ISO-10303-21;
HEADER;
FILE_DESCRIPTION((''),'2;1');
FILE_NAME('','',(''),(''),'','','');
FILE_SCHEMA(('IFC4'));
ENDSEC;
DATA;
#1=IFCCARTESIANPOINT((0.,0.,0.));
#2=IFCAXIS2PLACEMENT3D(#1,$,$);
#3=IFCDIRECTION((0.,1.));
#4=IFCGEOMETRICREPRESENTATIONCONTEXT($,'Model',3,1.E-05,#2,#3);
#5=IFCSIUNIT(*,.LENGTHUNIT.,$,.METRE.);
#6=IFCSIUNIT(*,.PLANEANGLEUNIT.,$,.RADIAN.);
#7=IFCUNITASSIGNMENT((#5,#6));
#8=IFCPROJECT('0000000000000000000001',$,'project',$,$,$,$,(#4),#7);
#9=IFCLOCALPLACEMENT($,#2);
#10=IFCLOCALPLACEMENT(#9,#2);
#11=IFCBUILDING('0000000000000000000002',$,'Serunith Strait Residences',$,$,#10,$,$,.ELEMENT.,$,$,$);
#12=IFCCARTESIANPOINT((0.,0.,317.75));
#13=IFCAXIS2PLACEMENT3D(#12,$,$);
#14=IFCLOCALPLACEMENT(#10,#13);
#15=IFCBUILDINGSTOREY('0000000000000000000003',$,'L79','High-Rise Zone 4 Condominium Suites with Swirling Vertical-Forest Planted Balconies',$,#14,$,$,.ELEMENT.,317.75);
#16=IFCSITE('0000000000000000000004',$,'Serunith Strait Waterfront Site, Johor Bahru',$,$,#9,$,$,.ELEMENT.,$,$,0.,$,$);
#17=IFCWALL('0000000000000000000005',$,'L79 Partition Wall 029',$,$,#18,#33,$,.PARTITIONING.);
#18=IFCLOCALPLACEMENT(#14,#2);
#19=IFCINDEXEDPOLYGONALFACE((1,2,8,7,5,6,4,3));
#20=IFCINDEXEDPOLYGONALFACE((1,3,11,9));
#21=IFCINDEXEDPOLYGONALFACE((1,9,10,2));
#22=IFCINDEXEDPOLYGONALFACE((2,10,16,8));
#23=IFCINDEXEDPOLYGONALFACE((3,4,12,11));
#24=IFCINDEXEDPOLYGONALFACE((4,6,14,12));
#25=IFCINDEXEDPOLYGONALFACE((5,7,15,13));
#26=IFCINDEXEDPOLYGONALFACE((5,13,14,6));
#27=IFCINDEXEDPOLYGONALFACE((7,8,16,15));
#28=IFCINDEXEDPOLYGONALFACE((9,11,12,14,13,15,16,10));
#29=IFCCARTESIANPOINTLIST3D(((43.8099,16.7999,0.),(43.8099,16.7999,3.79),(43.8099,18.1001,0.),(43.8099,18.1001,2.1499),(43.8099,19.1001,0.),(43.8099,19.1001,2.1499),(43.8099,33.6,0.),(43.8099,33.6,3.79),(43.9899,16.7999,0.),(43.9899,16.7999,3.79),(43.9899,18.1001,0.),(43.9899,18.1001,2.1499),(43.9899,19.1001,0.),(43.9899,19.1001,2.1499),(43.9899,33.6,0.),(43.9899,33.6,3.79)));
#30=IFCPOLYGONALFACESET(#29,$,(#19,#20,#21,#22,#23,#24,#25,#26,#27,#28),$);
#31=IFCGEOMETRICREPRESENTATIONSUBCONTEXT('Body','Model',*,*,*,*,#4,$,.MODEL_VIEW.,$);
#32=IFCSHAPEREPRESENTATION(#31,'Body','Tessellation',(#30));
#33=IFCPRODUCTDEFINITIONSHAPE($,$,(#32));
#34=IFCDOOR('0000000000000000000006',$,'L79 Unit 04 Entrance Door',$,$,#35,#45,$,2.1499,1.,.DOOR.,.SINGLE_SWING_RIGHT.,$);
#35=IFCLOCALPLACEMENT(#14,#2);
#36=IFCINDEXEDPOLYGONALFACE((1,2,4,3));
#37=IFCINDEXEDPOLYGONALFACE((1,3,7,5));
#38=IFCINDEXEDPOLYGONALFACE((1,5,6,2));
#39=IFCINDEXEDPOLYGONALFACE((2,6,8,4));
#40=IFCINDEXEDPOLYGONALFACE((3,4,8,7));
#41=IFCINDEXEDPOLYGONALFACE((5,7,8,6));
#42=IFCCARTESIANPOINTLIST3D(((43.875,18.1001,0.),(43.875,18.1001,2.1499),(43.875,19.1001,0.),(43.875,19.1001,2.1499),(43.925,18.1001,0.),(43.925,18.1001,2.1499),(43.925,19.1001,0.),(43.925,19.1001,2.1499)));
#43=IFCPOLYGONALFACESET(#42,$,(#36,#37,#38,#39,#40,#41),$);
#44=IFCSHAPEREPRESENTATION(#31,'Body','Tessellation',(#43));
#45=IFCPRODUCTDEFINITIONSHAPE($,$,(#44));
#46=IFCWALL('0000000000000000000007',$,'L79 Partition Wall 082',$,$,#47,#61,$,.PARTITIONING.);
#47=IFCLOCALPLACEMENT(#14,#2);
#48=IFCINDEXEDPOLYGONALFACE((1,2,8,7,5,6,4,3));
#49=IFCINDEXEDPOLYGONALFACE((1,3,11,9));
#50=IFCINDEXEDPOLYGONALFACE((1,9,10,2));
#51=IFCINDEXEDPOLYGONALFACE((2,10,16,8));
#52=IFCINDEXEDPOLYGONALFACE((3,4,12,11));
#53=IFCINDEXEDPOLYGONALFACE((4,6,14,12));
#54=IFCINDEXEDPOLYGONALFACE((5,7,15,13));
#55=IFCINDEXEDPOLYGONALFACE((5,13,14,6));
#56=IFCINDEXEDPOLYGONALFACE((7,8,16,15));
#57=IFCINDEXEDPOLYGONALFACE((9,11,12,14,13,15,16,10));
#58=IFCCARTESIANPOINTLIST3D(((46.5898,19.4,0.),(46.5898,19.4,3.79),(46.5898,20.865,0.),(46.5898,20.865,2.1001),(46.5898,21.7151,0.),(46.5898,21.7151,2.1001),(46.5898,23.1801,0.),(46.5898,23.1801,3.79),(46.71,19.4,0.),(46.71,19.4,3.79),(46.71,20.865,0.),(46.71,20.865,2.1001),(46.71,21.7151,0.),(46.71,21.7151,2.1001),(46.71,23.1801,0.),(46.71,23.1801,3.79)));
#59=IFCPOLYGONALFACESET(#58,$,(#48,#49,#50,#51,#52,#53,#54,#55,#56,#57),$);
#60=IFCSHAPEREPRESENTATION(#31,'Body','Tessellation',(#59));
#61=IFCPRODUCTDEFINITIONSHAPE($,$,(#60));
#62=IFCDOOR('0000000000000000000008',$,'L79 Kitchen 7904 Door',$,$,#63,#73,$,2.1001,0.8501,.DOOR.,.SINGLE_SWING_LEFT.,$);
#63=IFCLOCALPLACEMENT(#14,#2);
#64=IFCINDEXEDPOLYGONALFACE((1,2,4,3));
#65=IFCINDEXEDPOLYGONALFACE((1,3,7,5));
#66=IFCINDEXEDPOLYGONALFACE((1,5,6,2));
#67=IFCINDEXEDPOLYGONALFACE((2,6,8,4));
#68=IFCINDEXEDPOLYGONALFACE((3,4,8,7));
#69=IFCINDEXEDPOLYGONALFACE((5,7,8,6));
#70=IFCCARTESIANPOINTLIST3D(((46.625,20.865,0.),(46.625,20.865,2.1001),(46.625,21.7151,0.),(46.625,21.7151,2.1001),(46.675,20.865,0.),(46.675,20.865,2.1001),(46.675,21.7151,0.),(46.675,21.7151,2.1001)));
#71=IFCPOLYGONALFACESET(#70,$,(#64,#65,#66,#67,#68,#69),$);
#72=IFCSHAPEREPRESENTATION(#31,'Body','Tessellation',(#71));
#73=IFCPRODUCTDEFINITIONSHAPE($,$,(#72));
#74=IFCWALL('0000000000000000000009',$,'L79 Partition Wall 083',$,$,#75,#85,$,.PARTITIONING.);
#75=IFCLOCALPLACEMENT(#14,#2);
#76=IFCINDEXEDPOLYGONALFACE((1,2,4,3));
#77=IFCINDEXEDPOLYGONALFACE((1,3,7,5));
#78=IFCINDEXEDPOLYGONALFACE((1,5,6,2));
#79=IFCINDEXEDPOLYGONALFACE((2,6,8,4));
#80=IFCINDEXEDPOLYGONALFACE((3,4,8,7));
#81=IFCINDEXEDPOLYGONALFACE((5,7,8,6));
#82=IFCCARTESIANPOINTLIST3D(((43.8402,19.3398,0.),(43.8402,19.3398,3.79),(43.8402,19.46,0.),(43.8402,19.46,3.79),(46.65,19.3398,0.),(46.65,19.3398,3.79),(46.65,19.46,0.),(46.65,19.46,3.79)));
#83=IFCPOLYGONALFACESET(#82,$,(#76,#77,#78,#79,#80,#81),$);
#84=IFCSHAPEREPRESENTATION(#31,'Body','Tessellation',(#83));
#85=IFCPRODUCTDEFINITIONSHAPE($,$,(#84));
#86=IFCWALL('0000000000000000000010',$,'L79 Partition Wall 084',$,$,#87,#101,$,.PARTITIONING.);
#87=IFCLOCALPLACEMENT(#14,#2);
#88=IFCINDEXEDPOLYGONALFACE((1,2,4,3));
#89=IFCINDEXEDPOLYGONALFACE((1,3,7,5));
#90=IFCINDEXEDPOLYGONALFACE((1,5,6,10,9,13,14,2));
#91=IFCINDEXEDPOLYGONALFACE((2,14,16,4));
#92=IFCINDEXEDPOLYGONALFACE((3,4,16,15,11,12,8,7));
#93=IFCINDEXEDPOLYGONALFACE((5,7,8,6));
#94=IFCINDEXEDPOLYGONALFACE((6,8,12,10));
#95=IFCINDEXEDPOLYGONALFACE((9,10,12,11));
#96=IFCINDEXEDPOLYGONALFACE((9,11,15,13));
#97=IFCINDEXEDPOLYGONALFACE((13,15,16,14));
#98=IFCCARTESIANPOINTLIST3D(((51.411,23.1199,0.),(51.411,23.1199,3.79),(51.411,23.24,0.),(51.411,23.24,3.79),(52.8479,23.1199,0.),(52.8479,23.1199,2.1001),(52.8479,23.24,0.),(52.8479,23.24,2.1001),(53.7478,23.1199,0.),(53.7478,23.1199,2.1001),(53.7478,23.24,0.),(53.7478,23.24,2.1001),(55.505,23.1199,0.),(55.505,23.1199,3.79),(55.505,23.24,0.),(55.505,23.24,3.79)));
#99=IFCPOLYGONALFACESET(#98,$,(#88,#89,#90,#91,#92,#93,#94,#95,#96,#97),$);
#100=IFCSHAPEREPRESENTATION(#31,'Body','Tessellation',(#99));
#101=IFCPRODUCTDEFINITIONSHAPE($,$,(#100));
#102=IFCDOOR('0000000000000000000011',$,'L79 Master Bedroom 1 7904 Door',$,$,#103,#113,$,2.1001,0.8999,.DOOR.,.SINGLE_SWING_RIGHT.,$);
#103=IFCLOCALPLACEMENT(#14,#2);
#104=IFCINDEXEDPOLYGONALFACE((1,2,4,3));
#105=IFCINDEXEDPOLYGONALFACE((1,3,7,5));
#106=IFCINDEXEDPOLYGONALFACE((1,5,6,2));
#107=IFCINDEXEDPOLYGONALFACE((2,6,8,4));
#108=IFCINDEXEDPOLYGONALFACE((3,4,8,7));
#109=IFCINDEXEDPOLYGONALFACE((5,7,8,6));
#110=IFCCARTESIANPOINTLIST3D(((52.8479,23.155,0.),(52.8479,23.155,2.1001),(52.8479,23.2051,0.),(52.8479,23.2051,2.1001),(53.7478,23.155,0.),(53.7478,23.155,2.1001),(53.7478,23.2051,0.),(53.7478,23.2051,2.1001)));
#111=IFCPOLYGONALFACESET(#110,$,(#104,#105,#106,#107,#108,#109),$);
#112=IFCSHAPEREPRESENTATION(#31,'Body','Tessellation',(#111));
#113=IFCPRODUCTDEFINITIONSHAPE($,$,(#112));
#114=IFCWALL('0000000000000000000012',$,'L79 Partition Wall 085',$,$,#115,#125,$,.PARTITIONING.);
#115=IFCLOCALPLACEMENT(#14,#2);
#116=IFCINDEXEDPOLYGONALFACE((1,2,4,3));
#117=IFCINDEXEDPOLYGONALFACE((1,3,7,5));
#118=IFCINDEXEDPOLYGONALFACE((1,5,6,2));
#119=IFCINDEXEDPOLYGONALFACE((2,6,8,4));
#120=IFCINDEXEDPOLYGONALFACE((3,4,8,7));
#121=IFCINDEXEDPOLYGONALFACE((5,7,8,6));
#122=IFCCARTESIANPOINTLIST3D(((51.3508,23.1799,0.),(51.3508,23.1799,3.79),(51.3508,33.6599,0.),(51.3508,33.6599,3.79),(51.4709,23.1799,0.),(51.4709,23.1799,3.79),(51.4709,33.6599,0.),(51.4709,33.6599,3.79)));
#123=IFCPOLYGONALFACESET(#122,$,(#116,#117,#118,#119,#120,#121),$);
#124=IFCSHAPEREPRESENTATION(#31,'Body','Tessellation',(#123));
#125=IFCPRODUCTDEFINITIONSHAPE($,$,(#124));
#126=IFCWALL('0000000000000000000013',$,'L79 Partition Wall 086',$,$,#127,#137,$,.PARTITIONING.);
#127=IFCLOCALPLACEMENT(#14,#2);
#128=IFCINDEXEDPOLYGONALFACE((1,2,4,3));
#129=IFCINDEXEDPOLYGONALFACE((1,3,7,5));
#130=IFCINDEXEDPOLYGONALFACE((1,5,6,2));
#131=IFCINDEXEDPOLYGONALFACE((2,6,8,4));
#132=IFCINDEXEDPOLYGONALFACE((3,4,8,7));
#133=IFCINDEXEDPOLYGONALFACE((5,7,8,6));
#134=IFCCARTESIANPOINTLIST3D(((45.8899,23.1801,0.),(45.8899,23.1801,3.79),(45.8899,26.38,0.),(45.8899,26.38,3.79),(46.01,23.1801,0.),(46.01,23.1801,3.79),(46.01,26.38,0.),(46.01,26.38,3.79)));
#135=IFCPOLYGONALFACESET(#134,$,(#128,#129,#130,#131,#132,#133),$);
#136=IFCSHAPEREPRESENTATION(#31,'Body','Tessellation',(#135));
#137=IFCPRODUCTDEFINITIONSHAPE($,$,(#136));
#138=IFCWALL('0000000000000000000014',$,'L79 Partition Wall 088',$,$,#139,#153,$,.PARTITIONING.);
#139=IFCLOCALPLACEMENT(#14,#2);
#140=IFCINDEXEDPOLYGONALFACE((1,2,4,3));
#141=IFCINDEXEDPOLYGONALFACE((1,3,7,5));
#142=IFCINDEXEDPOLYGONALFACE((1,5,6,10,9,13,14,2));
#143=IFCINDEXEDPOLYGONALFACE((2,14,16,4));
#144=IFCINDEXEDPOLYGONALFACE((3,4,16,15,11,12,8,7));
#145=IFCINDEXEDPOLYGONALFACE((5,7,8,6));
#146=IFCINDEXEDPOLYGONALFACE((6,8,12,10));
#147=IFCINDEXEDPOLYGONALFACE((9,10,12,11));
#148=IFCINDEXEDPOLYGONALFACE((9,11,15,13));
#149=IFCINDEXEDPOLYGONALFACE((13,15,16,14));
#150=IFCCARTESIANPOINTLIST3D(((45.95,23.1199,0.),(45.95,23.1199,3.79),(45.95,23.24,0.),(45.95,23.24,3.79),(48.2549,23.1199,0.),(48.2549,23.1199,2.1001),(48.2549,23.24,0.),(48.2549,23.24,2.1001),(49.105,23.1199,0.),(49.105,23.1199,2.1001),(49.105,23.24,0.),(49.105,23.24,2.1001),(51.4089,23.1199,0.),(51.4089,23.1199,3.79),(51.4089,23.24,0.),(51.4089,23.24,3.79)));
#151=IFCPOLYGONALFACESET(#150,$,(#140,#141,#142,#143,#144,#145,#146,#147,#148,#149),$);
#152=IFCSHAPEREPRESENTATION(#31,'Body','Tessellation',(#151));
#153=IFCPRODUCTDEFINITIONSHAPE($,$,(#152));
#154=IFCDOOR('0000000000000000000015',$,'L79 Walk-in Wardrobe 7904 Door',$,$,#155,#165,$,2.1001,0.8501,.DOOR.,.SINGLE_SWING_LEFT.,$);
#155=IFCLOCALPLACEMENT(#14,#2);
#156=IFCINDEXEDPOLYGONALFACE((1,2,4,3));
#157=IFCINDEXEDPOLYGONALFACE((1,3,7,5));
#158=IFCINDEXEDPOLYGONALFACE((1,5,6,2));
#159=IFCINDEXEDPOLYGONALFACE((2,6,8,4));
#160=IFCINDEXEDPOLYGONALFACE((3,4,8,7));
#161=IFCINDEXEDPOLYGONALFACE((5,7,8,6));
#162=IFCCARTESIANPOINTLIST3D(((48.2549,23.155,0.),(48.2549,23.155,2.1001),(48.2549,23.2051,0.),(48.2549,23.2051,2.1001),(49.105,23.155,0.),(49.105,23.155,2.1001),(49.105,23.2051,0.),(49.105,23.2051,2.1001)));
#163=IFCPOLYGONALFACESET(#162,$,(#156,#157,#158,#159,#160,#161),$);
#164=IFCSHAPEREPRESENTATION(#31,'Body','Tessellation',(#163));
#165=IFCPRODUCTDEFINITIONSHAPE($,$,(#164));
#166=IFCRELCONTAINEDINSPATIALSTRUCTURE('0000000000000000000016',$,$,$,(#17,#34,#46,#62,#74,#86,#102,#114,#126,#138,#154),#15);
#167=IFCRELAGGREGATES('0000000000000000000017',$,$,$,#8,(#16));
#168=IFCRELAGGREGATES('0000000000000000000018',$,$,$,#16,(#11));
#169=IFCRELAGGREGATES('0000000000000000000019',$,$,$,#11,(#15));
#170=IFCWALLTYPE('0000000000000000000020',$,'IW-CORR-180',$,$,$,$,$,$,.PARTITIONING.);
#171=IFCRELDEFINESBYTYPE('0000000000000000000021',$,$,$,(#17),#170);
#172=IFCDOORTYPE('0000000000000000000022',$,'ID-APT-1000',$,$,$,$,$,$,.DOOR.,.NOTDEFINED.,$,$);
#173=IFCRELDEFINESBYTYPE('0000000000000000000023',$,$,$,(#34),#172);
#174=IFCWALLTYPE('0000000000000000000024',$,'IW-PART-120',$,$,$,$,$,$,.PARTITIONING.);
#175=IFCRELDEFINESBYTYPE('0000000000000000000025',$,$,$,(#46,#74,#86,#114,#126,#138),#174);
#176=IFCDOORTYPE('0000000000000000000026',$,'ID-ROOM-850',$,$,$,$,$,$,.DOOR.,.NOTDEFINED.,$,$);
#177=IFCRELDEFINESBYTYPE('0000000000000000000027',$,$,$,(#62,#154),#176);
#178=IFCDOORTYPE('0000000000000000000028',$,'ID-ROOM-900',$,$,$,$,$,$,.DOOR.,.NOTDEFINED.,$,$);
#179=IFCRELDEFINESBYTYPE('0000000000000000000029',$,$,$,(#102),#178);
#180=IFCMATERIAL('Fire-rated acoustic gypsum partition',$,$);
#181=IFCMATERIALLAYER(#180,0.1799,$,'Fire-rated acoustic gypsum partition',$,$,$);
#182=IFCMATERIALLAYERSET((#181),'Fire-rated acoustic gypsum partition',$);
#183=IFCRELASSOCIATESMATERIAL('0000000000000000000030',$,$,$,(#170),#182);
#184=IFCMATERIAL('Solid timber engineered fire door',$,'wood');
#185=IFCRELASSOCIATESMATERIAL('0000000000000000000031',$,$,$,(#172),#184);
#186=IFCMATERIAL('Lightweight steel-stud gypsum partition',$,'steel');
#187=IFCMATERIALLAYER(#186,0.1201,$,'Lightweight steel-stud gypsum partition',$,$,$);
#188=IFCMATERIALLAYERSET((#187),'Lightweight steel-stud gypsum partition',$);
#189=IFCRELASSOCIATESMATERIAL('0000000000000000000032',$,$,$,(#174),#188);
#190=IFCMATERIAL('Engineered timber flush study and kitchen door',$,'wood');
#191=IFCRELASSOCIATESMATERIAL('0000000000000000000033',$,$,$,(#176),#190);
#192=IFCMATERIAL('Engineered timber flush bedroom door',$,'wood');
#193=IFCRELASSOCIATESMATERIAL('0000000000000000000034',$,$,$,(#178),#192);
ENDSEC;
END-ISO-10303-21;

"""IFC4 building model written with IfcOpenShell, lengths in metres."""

from ifc_helpers import new_model, si_unit, direction, frame, frame_2d, origin, place, context, subcontext, project, spatial, rectangle, extrude, source, transform, mapped, material, layer, layer_set, type_object, element, fill, save


model = new_model("IFC4")

# Units and contexts
model_context = context("Model", 3, precision=1e-05, world=origin(), true_north=direction((0.0, 1.0)))
body_context = subcontext(model_context, "Body", "Model", "MODEL_VIEW")
ifc_project = project(units=[si_unit("LENGTHUNIT", "METRE"), si_unit("PLANEANGLEUNIT", "RADIAN")], contexts=[model_context])

# Site, building, storey
site_placement = place(None, origin())
site = spatial("IfcSite", under=ifc_project, at=site_placement, Name="Serunith Strait Waterfront Site, Johor Bahru", CompositionType="ELEMENT", RefElevation=0.0)
building_placement = place(site_placement, origin())
building = spatial("IfcBuilding", under=site, at=building_placement, Name="Serunith Strait Residences", CompositionType="ELEMENT")
storey_placement = place(building_placement, frame((0.0, 0.0, 317.75)))
storey = spatial("IfcBuildingStorey", under=building, at=storey_placement, Name="L79", Description="High-Rise Zone 4 Condominium Suites with Swirling Vertical-Forest Planted Balconies", CompositionType="ELEMENT", Elevation=317.75)

# Walls, openings, doors
ifc_material_1 = material(Name="Fire-rated acoustic gypsum partition")
ifc_layer_1 = layer(ifc_material_1, 0.1799, Name="Fire-rated acoustic gypsum partition")
ifc_layer_set_1 = layer_set([ifc_layer_1], Name="Fire-rated acoustic gypsum partition")
wall_type_1 = type_object("IfcWallType", Name="IW-CORR-180", PredefinedType="PARTITIONING", material=ifc_layer_set_1)
wall_1_placement = place(storey_placement, frame((43.8999, 16.8, 0.0), z_axis=(0.0, 0.0, 1.0), x_axis=(0.0, 1.0, 0.0)))
wall_1 = element("IfcWall", 1, at=wall_1_placement, inside=storey, type_object=wall_type_1, Name="L79 Partition Wall 029", PredefinedType="PARTITIONING", context=body_context, shape_type="SweptSolid", body=[
    extrude(rectangle(XDim=16.8, YDim=0.1799, at=frame_2d((8.3999, 0.0))), origin(), (0.0, 0.0, 1.0), 3.79),
])
opening_1_placement = place(wall_1_placement, frame((1.3, 0.0, 0.0)))
opening_1 = element("IfcOpeningElement", 2, at=opening_1_placement, cuts=wall_1, PredefinedType="OPENING", context=body_context, shape_type="SweptSolid", body=[
    extrude(rectangle(XDim=1.0, YDim=2.1499, at=frame_2d((0.5, 1.075))), frame((0.0, 0.1001, 0.0), z_axis=(0.0, -1.0, 0.0), x_axis=(1.0, 0.0, 0.0)), (0.0, 0.0, 1.0), 0.2),
])
ifc_material_2 = material(Name="Solid timber engineered fire door", Category="wood")
door_type_1 = type_object("IfcDoorType", Name="ID-APT-1000", OperationType="NOTDEFINED", PredefinedType="DOOR", material=ifc_material_2)
shared_shape_1 = source(origin(), body_context, "Body", "SweptSolid", [
    extrude(rectangle(XDim=1.0, YDim=2.1499, at=frame_2d((0.5, 1.075))), frame((0.0, 0.0249, 0.0), z_axis=(0.0, -1.0, 0.0), x_axis=(1.0, 0.0, 0.0)), (0.0, 0.0, 1.0), 0.05),
])
door_1_placement = place(opening_1_placement, origin())
door_1 = element("IfcDoor", 3, at=door_1_placement, inside=storey, type_object=door_type_1, Name="L79 Unit 04 Entrance Door", OperationType="SINGLE_SWING_RIGHT", OverallHeight=2.1499, OverallWidth=1.0, PredefinedType="DOOR", context=body_context, shape_type="MappedRepresentation", body=[
    mapped(shared_shape_1, transform((0.0, 0.0, 0.0), scale=1.0)),
])
fill(opening_1, door_1)
ifc_material_3 = material(Name="Lightweight steel-stud gypsum partition", Category="steel")
ifc_layer_2 = layer(ifc_material_3, 0.1201, Name="Lightweight steel-stud gypsum partition")
ifc_layer_set_2 = layer_set([ifc_layer_2], Name="Lightweight steel-stud gypsum partition")
wall_type_2 = type_object("IfcWallType", Name="IW-PART-120", PredefinedType="PARTITIONING", material=ifc_layer_set_2)
wall_2_placement = place(storey_placement, frame((46.6499, 19.3999, 0.0), z_axis=(0.0, 0.0, 1.0), x_axis=(0.0, 1.0, 0.0)))
wall_2 = element("IfcWall", 4, at=wall_2_placement, inside=storey, type_object=wall_type_2, Name="L79 Partition Wall 082", PredefinedType="PARTITIONING", context=body_context, shape_type="SweptSolid", body=[
    extrude(rectangle(XDim=3.78, YDim=0.1201, at=frame_2d((1.8901, 0.0))), origin(), (0.0, 0.0, 1.0), 3.79),
])
opening_2_placement = place(wall_2_placement, frame((1.4651, 0.0, 0.0)))
opening_2 = element("IfcOpeningElement", 5, at=opening_2_placement, cuts=wall_2, PredefinedType="OPENING", context=body_context, shape_type="SweptSolid", body=[
    extrude(rectangle(XDim=0.8501, YDim=2.1001, at=frame_2d((0.425, 1.05))), frame((0.0, 0.0701, 0.0), z_axis=(0.0, -1.0, 0.0), x_axis=(1.0, 0.0, 0.0)), (0.0, 0.0, 1.0), 0.1401),
])
ifc_material_4 = material(Name="Engineered timber flush study and kitchen door", Category="wood")
door_type_2 = type_object("IfcDoorType", Name="ID-ROOM-850", OperationType="NOTDEFINED", PredefinedType="DOOR", material=ifc_material_4)
shared_shape_2 = source(origin(), body_context, "Body", "SweptSolid", [
    extrude(rectangle(XDim=0.8501, YDim=2.1001, at=frame_2d((0.425, 1.05))), frame((0.0, 0.0249, 0.0), z_axis=(0.0, -1.0, 0.0), x_axis=(1.0, 0.0, 0.0)), (0.0, 0.0, 1.0), 0.05),
])
door_2_placement = place(opening_2_placement, origin())
door_2 = element("IfcDoor", 6, at=door_2_placement, inside=storey, type_object=door_type_2, Name="L79 Kitchen 7904 Door", OperationType="SINGLE_SWING_LEFT", OverallHeight=2.1001, OverallWidth=0.8501, PredefinedType="DOOR", context=body_context, shape_type="MappedRepresentation", body=[
    mapped(shared_shape_2, transform((0.0, 0.0, 0.0), scale=1.0)),
])
fill(opening_2, door_2)

# Wall
wall_3_placement = place(storey_placement, frame((46.6499, 19.3999, 0.0), z_axis=(0.0, 0.0, 1.0), x_axis=(-1.0, 0.0, 0.0)))
element("IfcWall", 7, at=wall_3_placement, inside=storey, type_object=wall_type_2, Name="L79 Partition Wall 083", PredefinedType="PARTITIONING", context=body_context, shape_type="SweptSolid", body=[
    extrude(rectangle(XDim=2.8098, YDim=0.1201, at=frame_2d((1.4048, 0.0))), origin(), (0.0, 0.0, 1.0), 3.79),
])

# Wall, opening, door
wall_4_placement = place(storey_placement, frame((55.5049, 23.1799, 0.0), z_axis=(0.0, 0.0, 1.0), x_axis=(-1.0, 0.0, 0.0)))
wall_4 = element("IfcWall", 8, at=wall_4_placement, inside=storey, type_object=wall_type_2, Name="L79 Partition Wall 084", PredefinedType="PARTITIONING", context=body_context, shape_type="SweptSolid", body=[
    extrude(rectangle(XDim=4.094, YDim=0.1201, at=frame_2d((2.0469, 0.0))), origin(), (0.0, 0.0, 1.0), 3.79),
])
opening_3_placement = place(wall_4_placement, frame((1.7571, 0.0, 0.0)))
opening_3 = element("IfcOpeningElement", 9, at=opening_3_placement, cuts=wall_4, PredefinedType="OPENING", context=body_context, shape_type="SweptSolid", body=[
    extrude(rectangle(XDim=0.8999, YDim=2.1001, at=frame_2d((0.45, 1.05))), frame((0.0, 0.0701, 0.0), z_axis=(0.0, -1.0, 0.0), x_axis=(1.0, 0.0, 0.0)), (0.0, 0.0, 1.0), 0.1401),
])
ifc_material_5 = material(Name="Engineered timber flush bedroom door", Category="wood")
door_type_3 = type_object("IfcDoorType", Name="ID-ROOM-900", OperationType="NOTDEFINED", PredefinedType="DOOR", material=ifc_material_5)
shared_shape_3 = source(origin(), body_context, "Body", "SweptSolid", [
    extrude(rectangle(XDim=0.8999, YDim=2.1001, at=frame_2d((0.45, 1.05))), frame((0.0, 0.0249, 0.0), z_axis=(0.0, -1.0, 0.0), x_axis=(1.0, 0.0, 0.0)), (0.0, 0.0, 1.0), 0.05),
])
door_3_placement = place(opening_3_placement, origin())
door_3 = element("IfcDoor", 10, at=door_3_placement, inside=storey, type_object=door_type_3, Name="L79 Master Bedroom 1 7904 Door", OperationType="SINGLE_SWING_RIGHT", OverallHeight=2.1001, OverallWidth=0.8999, PredefinedType="DOOR", context=body_context, shape_type="MappedRepresentation", body=[
    mapped(shared_shape_3, transform((0.0, 0.0, 0.0), scale=1.0)),
])
fill(opening_3, door_3)

# Walls
wall_5_placement = place(storey_placement, frame((51.4109, 23.1799, 0.0), z_axis=(0.0, 0.0, 1.0), x_axis=(0.0, 1.0, 0.0)))
element("IfcWall", 11, at=wall_5_placement, inside=storey, type_object=wall_type_2, Name="L79 Partition Wall 085", PredefinedType="PARTITIONING", context=body_context, shape_type="SweptSolid", body=[
    extrude(rectangle(XDim=10.48, YDim=0.1201, at=frame_2d((5.24, 0.0))), origin(), (0.0, 0.0, 1.0), 3.79),
])
wall_6_placement = place(storey_placement, frame((45.95, 23.1799, 0.0), z_axis=(0.0, 0.0, 1.0), x_axis=(0.0, 1.0, 0.0)))
element("IfcWall", 12, at=wall_6_placement, inside=storey, type_object=wall_type_2, Name="L79 Partition Wall 086", PredefinedType="PARTITIONING", context=body_context, shape_type="SweptSolid", body=[
    extrude(rectangle(XDim=3.2, YDim=0.1201, at=frame_2d((1.6001, 0.0))), origin(), (0.0, 0.0, 1.0), 3.79),
])

# Wall, opening, door
wall_7_placement = place(storey_placement, frame((51.4089, 23.1799, 0.0), z_axis=(0.0, 0.0, 1.0), x_axis=(-1.0, 0.0, 0.0)))
wall_7 = element("IfcWall", 13, at=wall_7_placement, inside=storey, type_object=wall_type_2, Name="L79 Partition Wall 088", PredefinedType="PARTITIONING", context=body_context, shape_type="SweptSolid", body=[
    extrude(rectangle(XDim=5.459, YDim=0.1201, at=frame_2d((2.7295, 0.0))), origin(), (0.0, 0.0, 1.0), 3.79),
])
opening_4_placement = place(wall_7_placement, frame((2.304, 0.0, 0.0)))
opening_4 = element("IfcOpeningElement", 14, at=opening_4_placement, cuts=wall_7, PredefinedType="OPENING", context=body_context, shape_type="SweptSolid", body=[
    extrude(rectangle(XDim=0.8501, YDim=2.1001, at=frame_2d((0.425, 1.05))), frame((0.0, 0.0701, 0.0), z_axis=(0.0, -1.0, 0.0), x_axis=(1.0, 0.0, 0.0)), (0.0, 0.0, 1.0), 0.1401),
])
door_4_placement = place(opening_4_placement, origin())
door_4 = element("IfcDoor", 15, at=door_4_placement, inside=storey, type_object=door_type_2, Name="L79 Walk-in Wardrobe 7904 Door", OperationType="SINGLE_SWING_LEFT", OverallHeight=2.1001, OverallWidth=0.8501, PredefinedType="DOOR", context=body_context, shape_type="MappedRepresentation", body=[
    mapped(shared_shape_2, transform((0.0, 0.0, 0.0), scale=1.0)),
])
fill(opening_4, door_4)

save(model, "model.ifc")
